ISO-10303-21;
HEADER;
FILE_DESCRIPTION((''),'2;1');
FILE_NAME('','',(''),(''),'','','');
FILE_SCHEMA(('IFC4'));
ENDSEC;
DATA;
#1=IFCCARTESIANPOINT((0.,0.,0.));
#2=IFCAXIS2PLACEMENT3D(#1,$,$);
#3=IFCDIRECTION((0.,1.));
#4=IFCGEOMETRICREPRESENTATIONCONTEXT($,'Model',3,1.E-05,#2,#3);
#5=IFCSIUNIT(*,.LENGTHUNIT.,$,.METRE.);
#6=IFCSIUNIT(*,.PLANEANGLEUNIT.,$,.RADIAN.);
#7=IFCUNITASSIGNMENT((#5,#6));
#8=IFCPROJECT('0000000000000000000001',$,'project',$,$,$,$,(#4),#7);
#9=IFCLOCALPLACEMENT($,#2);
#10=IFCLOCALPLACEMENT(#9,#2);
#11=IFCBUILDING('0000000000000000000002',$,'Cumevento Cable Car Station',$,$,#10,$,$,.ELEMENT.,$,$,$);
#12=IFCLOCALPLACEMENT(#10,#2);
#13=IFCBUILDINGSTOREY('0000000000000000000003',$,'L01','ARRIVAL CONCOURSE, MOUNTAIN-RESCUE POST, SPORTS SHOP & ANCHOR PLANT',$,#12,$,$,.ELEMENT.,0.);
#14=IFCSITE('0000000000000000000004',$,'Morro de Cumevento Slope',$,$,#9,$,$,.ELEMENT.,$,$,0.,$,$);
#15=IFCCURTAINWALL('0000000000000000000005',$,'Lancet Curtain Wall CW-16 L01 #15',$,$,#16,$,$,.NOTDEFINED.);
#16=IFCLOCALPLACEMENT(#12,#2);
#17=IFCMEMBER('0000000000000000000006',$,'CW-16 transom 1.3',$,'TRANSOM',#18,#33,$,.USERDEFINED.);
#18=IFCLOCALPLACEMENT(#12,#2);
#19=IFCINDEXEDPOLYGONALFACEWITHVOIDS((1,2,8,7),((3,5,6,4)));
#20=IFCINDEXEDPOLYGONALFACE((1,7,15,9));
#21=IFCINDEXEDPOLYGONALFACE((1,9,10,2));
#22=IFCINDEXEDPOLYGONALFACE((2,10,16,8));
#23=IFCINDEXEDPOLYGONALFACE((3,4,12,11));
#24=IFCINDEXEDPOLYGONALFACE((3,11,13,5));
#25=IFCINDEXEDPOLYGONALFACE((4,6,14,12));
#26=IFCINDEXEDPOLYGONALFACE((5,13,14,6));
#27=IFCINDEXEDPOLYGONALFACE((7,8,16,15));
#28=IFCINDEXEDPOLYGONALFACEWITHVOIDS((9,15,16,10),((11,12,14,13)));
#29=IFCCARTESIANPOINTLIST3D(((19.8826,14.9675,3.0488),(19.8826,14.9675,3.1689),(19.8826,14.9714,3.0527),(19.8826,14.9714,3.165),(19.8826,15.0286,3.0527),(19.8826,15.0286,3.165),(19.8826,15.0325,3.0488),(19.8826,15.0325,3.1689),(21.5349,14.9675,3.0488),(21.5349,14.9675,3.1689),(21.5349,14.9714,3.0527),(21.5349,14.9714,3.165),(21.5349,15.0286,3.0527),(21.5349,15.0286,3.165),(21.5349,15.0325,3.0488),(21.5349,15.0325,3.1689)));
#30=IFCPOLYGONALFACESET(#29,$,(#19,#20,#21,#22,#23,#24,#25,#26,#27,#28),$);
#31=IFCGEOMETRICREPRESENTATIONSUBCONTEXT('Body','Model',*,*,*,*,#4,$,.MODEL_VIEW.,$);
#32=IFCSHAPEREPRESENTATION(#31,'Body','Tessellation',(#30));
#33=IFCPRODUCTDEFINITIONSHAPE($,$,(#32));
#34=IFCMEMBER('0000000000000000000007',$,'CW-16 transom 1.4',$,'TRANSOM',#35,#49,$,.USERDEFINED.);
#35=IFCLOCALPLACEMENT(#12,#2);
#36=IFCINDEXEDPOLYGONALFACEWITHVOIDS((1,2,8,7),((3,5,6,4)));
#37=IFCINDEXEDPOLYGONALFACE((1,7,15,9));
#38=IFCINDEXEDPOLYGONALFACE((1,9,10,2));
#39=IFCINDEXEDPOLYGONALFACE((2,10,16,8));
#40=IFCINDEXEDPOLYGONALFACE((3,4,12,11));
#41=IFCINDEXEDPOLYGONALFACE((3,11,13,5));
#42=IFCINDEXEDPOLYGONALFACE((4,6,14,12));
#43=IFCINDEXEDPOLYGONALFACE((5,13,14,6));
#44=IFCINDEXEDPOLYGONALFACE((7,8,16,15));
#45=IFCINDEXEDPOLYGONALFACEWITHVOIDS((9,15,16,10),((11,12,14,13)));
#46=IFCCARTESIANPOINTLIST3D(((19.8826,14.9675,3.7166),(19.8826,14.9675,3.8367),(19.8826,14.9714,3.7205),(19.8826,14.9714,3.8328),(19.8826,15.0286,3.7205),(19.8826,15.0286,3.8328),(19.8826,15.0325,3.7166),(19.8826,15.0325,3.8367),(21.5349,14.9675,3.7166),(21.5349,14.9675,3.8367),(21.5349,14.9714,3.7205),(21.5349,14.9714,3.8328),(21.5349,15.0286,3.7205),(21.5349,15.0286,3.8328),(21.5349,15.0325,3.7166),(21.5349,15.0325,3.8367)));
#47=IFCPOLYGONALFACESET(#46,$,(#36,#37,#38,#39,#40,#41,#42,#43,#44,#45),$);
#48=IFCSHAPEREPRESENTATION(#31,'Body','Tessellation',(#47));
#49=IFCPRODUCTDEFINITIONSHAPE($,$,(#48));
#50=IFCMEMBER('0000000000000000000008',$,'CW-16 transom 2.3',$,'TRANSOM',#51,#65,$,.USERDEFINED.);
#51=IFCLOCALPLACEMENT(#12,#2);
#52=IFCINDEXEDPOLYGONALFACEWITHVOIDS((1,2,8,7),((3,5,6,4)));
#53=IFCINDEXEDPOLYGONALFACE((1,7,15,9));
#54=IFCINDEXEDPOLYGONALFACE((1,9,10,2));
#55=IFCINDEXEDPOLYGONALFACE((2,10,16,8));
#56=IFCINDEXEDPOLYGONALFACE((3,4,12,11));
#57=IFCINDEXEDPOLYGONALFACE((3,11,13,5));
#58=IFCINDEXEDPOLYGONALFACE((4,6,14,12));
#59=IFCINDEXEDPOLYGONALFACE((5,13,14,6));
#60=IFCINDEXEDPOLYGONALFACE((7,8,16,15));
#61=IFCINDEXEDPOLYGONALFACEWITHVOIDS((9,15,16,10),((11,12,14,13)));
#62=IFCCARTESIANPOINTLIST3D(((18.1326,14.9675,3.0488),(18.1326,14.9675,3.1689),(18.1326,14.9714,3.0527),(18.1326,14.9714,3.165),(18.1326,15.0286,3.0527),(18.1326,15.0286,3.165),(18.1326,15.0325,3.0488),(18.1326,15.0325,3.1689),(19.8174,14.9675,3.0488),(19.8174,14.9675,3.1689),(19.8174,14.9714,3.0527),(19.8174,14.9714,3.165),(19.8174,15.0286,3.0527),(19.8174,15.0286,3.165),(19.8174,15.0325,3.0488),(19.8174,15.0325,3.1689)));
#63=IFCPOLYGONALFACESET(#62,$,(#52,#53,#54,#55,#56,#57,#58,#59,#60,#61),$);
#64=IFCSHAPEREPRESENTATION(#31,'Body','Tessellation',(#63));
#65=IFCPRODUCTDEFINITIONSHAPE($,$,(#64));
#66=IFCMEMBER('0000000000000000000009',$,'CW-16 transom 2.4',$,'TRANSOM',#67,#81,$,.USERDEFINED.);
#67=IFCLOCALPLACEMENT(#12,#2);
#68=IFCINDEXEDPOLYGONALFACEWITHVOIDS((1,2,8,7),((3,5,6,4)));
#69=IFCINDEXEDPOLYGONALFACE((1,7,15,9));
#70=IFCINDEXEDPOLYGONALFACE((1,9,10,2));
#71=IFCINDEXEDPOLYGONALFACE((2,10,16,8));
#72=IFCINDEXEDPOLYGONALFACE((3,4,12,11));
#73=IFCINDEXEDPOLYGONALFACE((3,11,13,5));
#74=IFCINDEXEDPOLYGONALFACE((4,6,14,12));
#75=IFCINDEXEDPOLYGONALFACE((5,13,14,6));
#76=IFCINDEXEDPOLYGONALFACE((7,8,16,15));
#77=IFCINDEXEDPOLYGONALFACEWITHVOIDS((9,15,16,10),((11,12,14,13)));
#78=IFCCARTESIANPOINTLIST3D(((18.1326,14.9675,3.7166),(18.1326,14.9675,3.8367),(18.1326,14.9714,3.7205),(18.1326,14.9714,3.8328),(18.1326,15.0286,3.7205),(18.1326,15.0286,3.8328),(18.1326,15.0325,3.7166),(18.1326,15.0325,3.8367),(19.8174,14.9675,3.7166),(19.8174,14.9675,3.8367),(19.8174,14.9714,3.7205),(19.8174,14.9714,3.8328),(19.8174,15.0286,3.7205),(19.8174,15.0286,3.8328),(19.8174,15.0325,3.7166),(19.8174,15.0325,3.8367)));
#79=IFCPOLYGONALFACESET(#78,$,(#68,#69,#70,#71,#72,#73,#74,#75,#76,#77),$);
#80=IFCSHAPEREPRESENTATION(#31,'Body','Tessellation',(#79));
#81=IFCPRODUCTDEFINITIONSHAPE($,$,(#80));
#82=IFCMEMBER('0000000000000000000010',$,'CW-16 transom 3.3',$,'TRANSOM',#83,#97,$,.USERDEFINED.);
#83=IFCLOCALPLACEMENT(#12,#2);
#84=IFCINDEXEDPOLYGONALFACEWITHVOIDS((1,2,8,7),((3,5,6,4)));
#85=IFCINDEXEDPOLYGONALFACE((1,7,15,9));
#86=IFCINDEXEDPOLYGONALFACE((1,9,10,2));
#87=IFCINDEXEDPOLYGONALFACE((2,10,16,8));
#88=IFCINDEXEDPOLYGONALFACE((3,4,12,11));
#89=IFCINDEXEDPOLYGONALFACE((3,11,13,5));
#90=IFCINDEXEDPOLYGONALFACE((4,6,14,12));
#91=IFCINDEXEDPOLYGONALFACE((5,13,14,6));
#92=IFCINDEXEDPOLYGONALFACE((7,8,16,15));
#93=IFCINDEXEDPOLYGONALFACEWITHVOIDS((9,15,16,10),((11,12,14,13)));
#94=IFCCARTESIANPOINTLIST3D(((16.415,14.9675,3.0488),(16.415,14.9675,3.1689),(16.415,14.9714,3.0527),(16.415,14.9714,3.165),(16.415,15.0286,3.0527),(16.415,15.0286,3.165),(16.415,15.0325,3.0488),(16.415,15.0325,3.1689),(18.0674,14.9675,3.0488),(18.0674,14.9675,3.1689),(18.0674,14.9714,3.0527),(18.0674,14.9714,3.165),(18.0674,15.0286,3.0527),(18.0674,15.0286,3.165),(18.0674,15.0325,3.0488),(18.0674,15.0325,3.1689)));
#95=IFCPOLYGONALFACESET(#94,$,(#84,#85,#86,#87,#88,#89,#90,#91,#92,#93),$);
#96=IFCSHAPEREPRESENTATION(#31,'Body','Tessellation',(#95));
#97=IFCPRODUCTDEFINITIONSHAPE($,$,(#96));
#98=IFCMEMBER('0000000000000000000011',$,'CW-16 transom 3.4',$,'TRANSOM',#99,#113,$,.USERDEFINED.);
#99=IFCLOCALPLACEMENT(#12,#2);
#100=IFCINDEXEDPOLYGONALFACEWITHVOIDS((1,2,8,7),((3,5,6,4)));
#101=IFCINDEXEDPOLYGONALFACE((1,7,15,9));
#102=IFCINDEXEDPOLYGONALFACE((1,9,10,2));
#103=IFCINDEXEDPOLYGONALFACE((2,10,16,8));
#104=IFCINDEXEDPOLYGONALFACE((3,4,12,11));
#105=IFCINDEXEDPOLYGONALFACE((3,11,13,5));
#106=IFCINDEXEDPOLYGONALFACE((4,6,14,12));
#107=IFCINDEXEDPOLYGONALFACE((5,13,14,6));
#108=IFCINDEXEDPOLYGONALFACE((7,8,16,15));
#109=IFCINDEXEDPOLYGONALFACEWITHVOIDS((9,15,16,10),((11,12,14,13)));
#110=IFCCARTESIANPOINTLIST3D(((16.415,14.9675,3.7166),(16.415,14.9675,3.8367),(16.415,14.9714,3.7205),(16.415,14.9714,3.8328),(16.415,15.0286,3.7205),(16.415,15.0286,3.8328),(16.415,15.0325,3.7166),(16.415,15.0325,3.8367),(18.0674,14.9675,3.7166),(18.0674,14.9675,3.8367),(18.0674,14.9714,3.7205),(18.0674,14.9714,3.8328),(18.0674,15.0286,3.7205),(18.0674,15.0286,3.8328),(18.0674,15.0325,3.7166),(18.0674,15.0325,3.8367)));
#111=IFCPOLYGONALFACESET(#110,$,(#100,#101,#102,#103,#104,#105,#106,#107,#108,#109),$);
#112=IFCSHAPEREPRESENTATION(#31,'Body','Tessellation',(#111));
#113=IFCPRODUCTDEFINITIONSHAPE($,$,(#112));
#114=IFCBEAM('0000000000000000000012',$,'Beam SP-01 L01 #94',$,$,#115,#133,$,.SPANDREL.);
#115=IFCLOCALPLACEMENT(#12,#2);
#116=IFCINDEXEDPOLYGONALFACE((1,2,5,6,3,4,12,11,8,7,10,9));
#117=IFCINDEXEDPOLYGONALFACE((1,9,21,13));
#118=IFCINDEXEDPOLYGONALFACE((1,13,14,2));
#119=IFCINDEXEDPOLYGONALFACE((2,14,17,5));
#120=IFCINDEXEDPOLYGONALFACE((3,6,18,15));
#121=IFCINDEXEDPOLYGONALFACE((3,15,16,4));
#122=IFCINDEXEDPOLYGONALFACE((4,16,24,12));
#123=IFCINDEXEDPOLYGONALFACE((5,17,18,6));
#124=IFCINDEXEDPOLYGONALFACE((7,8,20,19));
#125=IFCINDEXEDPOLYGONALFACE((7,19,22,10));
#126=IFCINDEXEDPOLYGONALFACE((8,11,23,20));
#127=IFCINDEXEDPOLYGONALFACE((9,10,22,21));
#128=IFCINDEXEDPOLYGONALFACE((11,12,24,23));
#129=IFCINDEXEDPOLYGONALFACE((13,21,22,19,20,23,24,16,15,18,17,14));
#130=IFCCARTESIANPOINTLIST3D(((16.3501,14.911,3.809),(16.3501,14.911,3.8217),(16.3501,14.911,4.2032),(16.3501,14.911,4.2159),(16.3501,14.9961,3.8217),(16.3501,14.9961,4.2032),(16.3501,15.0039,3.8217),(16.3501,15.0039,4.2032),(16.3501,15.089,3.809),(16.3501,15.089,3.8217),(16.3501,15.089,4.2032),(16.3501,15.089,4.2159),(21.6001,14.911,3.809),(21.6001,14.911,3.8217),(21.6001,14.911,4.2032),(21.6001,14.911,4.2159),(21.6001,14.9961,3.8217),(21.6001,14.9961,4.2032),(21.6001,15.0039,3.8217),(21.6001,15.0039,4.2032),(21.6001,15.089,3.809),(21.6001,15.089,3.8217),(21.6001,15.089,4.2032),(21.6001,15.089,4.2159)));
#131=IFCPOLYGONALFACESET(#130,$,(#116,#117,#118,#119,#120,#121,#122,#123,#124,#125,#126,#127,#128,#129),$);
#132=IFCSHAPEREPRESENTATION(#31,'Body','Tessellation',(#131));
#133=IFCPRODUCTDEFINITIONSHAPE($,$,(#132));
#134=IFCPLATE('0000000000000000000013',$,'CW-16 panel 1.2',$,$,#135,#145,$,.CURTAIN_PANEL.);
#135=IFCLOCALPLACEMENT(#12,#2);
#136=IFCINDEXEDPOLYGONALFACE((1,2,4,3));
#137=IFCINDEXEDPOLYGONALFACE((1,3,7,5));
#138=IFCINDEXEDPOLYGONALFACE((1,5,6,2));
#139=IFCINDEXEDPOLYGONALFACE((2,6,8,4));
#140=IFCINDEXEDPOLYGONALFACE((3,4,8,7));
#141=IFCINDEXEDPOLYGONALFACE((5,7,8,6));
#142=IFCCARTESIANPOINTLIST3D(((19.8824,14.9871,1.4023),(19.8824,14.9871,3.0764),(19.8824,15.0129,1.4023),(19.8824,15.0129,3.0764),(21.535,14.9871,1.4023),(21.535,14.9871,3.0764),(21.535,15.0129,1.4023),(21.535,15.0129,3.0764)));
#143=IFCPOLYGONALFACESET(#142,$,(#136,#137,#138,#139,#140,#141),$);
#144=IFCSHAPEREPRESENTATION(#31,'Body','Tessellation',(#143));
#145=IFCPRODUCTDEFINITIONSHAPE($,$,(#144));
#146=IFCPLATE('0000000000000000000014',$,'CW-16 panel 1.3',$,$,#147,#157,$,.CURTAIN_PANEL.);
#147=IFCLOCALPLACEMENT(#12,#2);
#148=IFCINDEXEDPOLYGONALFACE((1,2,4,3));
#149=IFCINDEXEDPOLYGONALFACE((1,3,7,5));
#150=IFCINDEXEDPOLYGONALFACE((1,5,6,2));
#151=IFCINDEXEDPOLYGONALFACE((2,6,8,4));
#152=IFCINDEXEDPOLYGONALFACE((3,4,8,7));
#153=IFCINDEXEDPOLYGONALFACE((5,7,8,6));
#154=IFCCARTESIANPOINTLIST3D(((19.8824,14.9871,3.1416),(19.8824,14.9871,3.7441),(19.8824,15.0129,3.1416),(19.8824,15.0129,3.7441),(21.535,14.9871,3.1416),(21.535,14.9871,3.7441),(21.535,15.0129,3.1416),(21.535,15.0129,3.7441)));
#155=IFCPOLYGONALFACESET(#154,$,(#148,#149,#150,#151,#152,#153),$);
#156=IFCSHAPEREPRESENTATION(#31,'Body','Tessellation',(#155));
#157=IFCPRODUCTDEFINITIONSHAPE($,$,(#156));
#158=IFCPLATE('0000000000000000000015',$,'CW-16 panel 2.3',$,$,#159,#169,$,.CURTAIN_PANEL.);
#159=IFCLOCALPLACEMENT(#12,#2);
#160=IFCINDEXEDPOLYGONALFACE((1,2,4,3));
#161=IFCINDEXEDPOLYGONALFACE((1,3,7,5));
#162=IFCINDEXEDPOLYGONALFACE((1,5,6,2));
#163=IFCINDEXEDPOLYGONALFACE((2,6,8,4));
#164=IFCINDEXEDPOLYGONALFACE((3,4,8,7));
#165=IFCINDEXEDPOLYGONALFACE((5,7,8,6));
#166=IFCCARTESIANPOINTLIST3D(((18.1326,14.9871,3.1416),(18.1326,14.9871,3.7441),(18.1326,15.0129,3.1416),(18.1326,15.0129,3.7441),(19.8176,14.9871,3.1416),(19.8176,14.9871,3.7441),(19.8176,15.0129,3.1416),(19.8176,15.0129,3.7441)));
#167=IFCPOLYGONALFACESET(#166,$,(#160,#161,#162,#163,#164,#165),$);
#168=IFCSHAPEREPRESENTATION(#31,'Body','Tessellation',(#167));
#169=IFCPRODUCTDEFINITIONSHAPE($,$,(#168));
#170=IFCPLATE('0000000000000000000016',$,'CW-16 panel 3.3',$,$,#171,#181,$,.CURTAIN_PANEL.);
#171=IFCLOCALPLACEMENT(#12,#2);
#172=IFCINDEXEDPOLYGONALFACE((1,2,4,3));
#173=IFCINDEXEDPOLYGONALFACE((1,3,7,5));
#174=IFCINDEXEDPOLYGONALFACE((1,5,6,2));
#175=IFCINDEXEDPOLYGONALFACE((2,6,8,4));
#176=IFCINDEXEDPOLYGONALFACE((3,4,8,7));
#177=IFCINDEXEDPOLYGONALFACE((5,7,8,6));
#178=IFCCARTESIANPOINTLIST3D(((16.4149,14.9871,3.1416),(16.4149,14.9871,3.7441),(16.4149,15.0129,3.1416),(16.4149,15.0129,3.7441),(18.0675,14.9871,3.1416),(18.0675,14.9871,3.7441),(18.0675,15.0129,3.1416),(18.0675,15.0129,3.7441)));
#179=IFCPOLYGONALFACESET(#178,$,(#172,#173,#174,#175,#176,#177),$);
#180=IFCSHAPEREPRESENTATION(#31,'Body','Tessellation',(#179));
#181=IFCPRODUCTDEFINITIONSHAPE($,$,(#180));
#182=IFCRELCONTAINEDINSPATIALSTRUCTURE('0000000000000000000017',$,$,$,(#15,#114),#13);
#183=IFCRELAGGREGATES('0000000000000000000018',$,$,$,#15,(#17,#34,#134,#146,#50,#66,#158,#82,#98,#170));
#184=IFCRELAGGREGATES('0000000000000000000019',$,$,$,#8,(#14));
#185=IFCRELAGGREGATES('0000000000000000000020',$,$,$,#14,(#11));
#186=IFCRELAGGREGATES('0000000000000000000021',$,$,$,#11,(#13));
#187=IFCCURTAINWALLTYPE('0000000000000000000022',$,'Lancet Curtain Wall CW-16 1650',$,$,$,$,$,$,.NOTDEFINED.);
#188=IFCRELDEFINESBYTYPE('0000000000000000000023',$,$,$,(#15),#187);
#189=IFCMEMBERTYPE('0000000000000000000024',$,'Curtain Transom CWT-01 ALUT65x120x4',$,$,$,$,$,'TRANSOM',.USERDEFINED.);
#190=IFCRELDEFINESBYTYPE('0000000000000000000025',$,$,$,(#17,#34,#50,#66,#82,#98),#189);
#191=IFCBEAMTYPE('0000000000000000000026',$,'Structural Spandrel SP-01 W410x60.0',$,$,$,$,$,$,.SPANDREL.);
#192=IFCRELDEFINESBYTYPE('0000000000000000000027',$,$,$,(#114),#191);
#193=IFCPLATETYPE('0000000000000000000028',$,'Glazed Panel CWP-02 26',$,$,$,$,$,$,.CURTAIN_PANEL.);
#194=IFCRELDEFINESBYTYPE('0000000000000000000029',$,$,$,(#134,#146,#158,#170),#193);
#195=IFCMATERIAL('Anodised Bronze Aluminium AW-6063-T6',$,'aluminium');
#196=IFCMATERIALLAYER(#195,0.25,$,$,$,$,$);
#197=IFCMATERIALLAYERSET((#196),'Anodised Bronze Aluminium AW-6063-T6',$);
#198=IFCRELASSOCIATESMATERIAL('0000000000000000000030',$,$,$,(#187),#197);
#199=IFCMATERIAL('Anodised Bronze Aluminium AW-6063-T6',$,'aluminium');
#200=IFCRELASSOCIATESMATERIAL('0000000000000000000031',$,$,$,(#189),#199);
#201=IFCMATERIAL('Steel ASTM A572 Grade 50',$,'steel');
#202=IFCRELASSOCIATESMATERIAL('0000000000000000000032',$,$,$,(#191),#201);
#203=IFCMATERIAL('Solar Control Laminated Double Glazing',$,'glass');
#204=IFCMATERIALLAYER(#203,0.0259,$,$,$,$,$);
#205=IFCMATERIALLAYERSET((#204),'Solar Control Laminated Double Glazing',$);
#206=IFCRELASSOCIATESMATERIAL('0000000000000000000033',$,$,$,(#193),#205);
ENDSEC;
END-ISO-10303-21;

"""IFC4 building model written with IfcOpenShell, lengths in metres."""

from ifc_helpers import new_model, si_unit, direction, frame, origin, origin_2d, place, context, subcontext, project, spatial, rectangle, hollow_rectangle, i_section, extrude, material, layer, layer_set, material_profile, profile_set, type_object, element, aggregate, save


model = new_model("IFC4")

# Units and contexts
model_context = context("Model", 3, precision=1e-05, world=origin(), true_north=direction((0.0, 1.0)))
body_context = subcontext(model_context, "Body", "Model", "MODEL_VIEW")
ifc_project = project(units=[si_unit("LENGTHUNIT", "METRE"), si_unit("PLANEANGLEUNIT", "RADIAN")], contexts=[model_context])

# Site, building, storey
site_placement = place(None, origin())
site = spatial("IfcSite", under=ifc_project, at=site_placement, Name="Morro de Cumevento Slope", CompositionType="ELEMENT", RefElevation=0.0)
building_placement = place(site_placement, origin())
building = spatial("IfcBuilding", under=site, at=building_placement, Name="Cumevento Cable Car Station", CompositionType="ELEMENT")
storey_placement = place(building_placement, origin())
storey = spatial("IfcBuildingStorey", under=building, at=storey_placement, Name="L01", Description="ARRIVAL CONCOURSE, MOUNTAIN-RESCUE POST, SPORTS SHOP & ANCHOR PLANT", CompositionType="ELEMENT", Elevation=0.0)

# Curtain wall, members
ifc_material_1 = material(Name="Anodised Bronze Aluminium AW-6063-T6", Category="aluminium")
ifc_layer_1 = layer(ifc_material_1, 0.25)
ifc_layer_set_1 = layer_set([ifc_layer_1], Name="Anodised Bronze Aluminium AW-6063-T6")
curtain_wall_type = type_object("IfcCurtainWallType", Name="Lancet Curtain Wall CW-16 1650", PredefinedType="NOTDEFINED", material=ifc_layer_set_1)
curtain_wall_placement = place(storey_placement, origin())
curtain_wall = element("IfcCurtainWall", 1, at=curtain_wall_placement, inside=storey, type_object=curtain_wall_type, Name="Lancet Curtain Wall CW-16 L01 #15", PredefinedType="NOTDEFINED")
ifc_material_2 = material(Name="Anodised Bronze Aluminium AW-6063-T6", Category="aluminium")
ifc_material_profile_1 = material_profile(ifc_material_2, hollow_rectangle(XDim=0.0649, YDim=0.1201, WallThickness=0.0039, at=origin_2d()), Name="ALUT65x120x4")
ifc_profile_set_1 = profile_set([ifc_material_profile_1], Name="Anodised Bronze Aluminium AW-6063-T6")
member_type = type_object("IfcMemberType", Name="Curtain Transom CWT-01 ALUT65x120x4", ElementType="TRANSOM", PredefinedType="USERDEFINED", material=ifc_profile_set_1)
member_1_placement = place(storey_placement, frame((21.5349, 15.0, 3.1089), z_axis=(-1.0, 0.0, 0.0), x_axis=(0.0, -1.0, 0.0)))
member_1 = element("IfcMember", 2, at=member_1_placement, type_object=member_type, Name="CW-16 transom 1.3", ObjectType="TRANSOM", PredefinedType="USERDEFINED", context=body_context, shape_type="SweptSolid", body=[
    extrude(hollow_rectangle(XDim=0.0649, YDim=0.1201, WallThickness=0.0039, at=origin_2d()), origin(), (0.0, 0.0, 1.0), 1.6523),
])
member_2_placement = place(storey_placement, frame((21.5349, 15.0, 3.7766), z_axis=(-1.0, 0.0, 0.0), x_axis=(0.0, -1.0, 0.0)))
member_2 = element("IfcMember", 3, at=member_2_placement, type_object=member_type, Name="CW-16 transom 1.4", ObjectType="TRANSOM", PredefinedType="USERDEFINED", context=body_context, shape_type="SweptSolid", body=[
    extrude(hollow_rectangle(XDim=0.0649, YDim=0.1201, WallThickness=0.0039, at=origin_2d()), origin(), (0.0, 0.0, 1.0), 1.6523),
])
member_3_placement = place(storey_placement, frame((19.8174, 15.0, 3.1089), z_axis=(-1.0, 0.0, 0.0), x_axis=(0.0, -1.0, 0.0)))
member_3 = element("IfcMember", 4, at=member_3_placement, type_object=member_type, Name="CW-16 transom 2.3", ObjectType="TRANSOM", PredefinedType="USERDEFINED", context=body_context, shape_type="SweptSolid", body=[
    extrude(hollow_rectangle(XDim=0.0649, YDim=0.1201, WallThickness=0.0039, at=origin_2d()), origin(), (0.0, 0.0, 1.0), 1.6848),
])
member_4_placement = place(storey_placement, frame((19.8174, 15.0, 3.7766), z_axis=(-1.0, 0.0, 0.0), x_axis=(0.0, -1.0, 0.0)))
member_4 = element("IfcMember", 5, at=member_4_placement, type_object=member_type, Name="CW-16 transom 2.4", ObjectType="TRANSOM", PredefinedType="USERDEFINED", context=body_context, shape_type="SweptSolid", body=[
    extrude(hollow_rectangle(XDim=0.0649, YDim=0.1201, WallThickness=0.0039, at=origin_2d()), origin(), (0.0, 0.0, 1.0), 1.6848),
])
member_5_placement = place(storey_placement, frame((18.0674, 15.0, 3.1089), z_axis=(-1.0, 0.0, 0.0), x_axis=(0.0, -1.0, 0.0)))
member_5 = element("IfcMember", 6, at=member_5_placement, type_object=member_type, Name="CW-16 transom 3.3", ObjectType="TRANSOM", PredefinedType="USERDEFINED", context=body_context, shape_type="SweptSolid", body=[
    extrude(hollow_rectangle(XDim=0.0649, YDim=0.1201, WallThickness=0.0039, at=origin_2d()), origin(), (0.0, 0.0, 1.0), 1.6523),
])
member_6_placement = place(storey_placement, frame((18.0674, 15.0, 3.7766), z_axis=(-1.0, 0.0, 0.0), x_axis=(0.0, -1.0, 0.0)))
member_6 = element("IfcMember", 7, at=member_6_placement, type_object=member_type, Name="CW-16 transom 3.4", ObjectType="TRANSOM", PredefinedType="USERDEFINED", context=body_context, shape_type="SweptSolid", body=[
    extrude(hollow_rectangle(XDim=0.0649, YDim=0.1201, WallThickness=0.0039, at=origin_2d()), origin(), (0.0, 0.0, 1.0), 1.6523),
])

# Beam
ifc_material_3 = material(Name="Steel ASTM A572 Grade 50", Category="steel")
ifc_material_profile_2 = material_profile(ifc_material_3, i_section(OverallWidth=0.178, OverallDepth=0.407, WebThickness=0.0078, FlangeThickness=0.0127, at=origin_2d()), Name="W410x60.0")
ifc_profile_set_2 = profile_set([ifc_material_profile_2], Name="Steel ASTM A572 Grade 50")
beam_type = type_object("IfcBeamType", Name="Structural Spandrel SP-01 W410x60.0", PredefinedType="SPANDREL", material=ifc_profile_set_2)
beam_placement = place(storey_placement, frame((16.3501, 15.0, 4.0125), z_axis=(1.0, 0.0, 0.0), x_axis=(0.0, 1.0, 0.0)))
element("IfcBeam", 8, at=beam_placement, inside=storey, type_object=beam_type, Name="Beam SP-01 L01 #94", PredefinedType="SPANDREL", context=body_context, shape_type="SweptSolid", body=[
    extrude(i_section(OverallWidth=0.178, OverallDepth=0.407, WebThickness=0.0078, FlangeThickness=0.0127, at=origin_2d()), origin(), (0.0, 0.0, 1.0), 5.25),
])

# Plates
ifc_material_4 = material(Name="Solar Control Laminated Double Glazing", Category="glass")
ifc_layer_2 = layer(ifc_material_4, 0.0259)
ifc_layer_set_2 = layer_set([ifc_layer_2], Name="Solar Control Laminated Double Glazing")
plate_type = type_object("IfcPlateType", Name="Glazed Panel CWP-02 26", PredefinedType="CURTAIN_PANEL", material=ifc_layer_set_2)
plate_1_placement = place(storey_placement, frame((20.7087, 15.0, 1.4023), z_axis=(0.0, 0.0, 1.0), x_axis=(-1.0, 0.0, 0.0)))
plate_1 = element("IfcPlate", 9, at=plate_1_placement, type_object=plate_type, Name="CW-16 panel 1.2", PredefinedType="CURTAIN_PANEL", context=body_context, shape_type="SweptSolid", body=[
    extrude(rectangle(XDim=1.6526, YDim=0.0259, at=origin_2d()), origin(), (0.0, 0.0, 1.0), 1.6741),
])
plate_2_placement = place(storey_placement, frame((20.7087, 15.0, 3.1416), z_axis=(0.0, 0.0, 1.0), x_axis=(-1.0, 0.0, 0.0)))
plate_2 = element("IfcPlate", 10, at=plate_2_placement, type_object=plate_type, Name="CW-16 panel 1.3", PredefinedType="CURTAIN_PANEL", context=body_context, shape_type="SweptSolid", body=[
    extrude(rectangle(XDim=1.6526, YDim=0.0259, at=origin_2d()), origin(), (0.0, 0.0, 1.0), 0.6025),
])
plate_3_placement = place(storey_placement, frame((18.9751, 15.0, 3.1416), z_axis=(0.0, 0.0, 1.0), x_axis=(-1.0, 0.0, 0.0)))
plate_3 = element("IfcPlate", 11, at=plate_3_placement, type_object=plate_type, Name="CW-16 panel 2.3", PredefinedType="CURTAIN_PANEL", context=body_context, shape_type="SweptSolid", body=[
    extrude(rectangle(XDim=1.6851, YDim=0.0259, at=origin_2d()), origin(), (0.0, 0.0, 1.0), 0.6025),
])
plate_4_placement = place(storey_placement, frame((17.2412, 15.0, 3.1416), z_axis=(0.0, 0.0, 1.0), x_axis=(-1.0, 0.0, 0.0)))
plate_4 = element("IfcPlate", 12, at=plate_4_placement, type_object=plate_type, Name="CW-16 panel 3.3", PredefinedType="CURTAIN_PANEL", context=body_context, shape_type="SweptSolid", body=[
    extrude(rectangle(XDim=1.6526, YDim=0.0259, at=origin_2d()), origin(), (0.0, 0.0, 1.0), 0.6025),
])
aggregate(curtain_wall, [member_1, member_2, plate_1, plate_2, member_3, member_4, plate_3, member_5, member_6, plate_4])

save(model, "model.ifc")
